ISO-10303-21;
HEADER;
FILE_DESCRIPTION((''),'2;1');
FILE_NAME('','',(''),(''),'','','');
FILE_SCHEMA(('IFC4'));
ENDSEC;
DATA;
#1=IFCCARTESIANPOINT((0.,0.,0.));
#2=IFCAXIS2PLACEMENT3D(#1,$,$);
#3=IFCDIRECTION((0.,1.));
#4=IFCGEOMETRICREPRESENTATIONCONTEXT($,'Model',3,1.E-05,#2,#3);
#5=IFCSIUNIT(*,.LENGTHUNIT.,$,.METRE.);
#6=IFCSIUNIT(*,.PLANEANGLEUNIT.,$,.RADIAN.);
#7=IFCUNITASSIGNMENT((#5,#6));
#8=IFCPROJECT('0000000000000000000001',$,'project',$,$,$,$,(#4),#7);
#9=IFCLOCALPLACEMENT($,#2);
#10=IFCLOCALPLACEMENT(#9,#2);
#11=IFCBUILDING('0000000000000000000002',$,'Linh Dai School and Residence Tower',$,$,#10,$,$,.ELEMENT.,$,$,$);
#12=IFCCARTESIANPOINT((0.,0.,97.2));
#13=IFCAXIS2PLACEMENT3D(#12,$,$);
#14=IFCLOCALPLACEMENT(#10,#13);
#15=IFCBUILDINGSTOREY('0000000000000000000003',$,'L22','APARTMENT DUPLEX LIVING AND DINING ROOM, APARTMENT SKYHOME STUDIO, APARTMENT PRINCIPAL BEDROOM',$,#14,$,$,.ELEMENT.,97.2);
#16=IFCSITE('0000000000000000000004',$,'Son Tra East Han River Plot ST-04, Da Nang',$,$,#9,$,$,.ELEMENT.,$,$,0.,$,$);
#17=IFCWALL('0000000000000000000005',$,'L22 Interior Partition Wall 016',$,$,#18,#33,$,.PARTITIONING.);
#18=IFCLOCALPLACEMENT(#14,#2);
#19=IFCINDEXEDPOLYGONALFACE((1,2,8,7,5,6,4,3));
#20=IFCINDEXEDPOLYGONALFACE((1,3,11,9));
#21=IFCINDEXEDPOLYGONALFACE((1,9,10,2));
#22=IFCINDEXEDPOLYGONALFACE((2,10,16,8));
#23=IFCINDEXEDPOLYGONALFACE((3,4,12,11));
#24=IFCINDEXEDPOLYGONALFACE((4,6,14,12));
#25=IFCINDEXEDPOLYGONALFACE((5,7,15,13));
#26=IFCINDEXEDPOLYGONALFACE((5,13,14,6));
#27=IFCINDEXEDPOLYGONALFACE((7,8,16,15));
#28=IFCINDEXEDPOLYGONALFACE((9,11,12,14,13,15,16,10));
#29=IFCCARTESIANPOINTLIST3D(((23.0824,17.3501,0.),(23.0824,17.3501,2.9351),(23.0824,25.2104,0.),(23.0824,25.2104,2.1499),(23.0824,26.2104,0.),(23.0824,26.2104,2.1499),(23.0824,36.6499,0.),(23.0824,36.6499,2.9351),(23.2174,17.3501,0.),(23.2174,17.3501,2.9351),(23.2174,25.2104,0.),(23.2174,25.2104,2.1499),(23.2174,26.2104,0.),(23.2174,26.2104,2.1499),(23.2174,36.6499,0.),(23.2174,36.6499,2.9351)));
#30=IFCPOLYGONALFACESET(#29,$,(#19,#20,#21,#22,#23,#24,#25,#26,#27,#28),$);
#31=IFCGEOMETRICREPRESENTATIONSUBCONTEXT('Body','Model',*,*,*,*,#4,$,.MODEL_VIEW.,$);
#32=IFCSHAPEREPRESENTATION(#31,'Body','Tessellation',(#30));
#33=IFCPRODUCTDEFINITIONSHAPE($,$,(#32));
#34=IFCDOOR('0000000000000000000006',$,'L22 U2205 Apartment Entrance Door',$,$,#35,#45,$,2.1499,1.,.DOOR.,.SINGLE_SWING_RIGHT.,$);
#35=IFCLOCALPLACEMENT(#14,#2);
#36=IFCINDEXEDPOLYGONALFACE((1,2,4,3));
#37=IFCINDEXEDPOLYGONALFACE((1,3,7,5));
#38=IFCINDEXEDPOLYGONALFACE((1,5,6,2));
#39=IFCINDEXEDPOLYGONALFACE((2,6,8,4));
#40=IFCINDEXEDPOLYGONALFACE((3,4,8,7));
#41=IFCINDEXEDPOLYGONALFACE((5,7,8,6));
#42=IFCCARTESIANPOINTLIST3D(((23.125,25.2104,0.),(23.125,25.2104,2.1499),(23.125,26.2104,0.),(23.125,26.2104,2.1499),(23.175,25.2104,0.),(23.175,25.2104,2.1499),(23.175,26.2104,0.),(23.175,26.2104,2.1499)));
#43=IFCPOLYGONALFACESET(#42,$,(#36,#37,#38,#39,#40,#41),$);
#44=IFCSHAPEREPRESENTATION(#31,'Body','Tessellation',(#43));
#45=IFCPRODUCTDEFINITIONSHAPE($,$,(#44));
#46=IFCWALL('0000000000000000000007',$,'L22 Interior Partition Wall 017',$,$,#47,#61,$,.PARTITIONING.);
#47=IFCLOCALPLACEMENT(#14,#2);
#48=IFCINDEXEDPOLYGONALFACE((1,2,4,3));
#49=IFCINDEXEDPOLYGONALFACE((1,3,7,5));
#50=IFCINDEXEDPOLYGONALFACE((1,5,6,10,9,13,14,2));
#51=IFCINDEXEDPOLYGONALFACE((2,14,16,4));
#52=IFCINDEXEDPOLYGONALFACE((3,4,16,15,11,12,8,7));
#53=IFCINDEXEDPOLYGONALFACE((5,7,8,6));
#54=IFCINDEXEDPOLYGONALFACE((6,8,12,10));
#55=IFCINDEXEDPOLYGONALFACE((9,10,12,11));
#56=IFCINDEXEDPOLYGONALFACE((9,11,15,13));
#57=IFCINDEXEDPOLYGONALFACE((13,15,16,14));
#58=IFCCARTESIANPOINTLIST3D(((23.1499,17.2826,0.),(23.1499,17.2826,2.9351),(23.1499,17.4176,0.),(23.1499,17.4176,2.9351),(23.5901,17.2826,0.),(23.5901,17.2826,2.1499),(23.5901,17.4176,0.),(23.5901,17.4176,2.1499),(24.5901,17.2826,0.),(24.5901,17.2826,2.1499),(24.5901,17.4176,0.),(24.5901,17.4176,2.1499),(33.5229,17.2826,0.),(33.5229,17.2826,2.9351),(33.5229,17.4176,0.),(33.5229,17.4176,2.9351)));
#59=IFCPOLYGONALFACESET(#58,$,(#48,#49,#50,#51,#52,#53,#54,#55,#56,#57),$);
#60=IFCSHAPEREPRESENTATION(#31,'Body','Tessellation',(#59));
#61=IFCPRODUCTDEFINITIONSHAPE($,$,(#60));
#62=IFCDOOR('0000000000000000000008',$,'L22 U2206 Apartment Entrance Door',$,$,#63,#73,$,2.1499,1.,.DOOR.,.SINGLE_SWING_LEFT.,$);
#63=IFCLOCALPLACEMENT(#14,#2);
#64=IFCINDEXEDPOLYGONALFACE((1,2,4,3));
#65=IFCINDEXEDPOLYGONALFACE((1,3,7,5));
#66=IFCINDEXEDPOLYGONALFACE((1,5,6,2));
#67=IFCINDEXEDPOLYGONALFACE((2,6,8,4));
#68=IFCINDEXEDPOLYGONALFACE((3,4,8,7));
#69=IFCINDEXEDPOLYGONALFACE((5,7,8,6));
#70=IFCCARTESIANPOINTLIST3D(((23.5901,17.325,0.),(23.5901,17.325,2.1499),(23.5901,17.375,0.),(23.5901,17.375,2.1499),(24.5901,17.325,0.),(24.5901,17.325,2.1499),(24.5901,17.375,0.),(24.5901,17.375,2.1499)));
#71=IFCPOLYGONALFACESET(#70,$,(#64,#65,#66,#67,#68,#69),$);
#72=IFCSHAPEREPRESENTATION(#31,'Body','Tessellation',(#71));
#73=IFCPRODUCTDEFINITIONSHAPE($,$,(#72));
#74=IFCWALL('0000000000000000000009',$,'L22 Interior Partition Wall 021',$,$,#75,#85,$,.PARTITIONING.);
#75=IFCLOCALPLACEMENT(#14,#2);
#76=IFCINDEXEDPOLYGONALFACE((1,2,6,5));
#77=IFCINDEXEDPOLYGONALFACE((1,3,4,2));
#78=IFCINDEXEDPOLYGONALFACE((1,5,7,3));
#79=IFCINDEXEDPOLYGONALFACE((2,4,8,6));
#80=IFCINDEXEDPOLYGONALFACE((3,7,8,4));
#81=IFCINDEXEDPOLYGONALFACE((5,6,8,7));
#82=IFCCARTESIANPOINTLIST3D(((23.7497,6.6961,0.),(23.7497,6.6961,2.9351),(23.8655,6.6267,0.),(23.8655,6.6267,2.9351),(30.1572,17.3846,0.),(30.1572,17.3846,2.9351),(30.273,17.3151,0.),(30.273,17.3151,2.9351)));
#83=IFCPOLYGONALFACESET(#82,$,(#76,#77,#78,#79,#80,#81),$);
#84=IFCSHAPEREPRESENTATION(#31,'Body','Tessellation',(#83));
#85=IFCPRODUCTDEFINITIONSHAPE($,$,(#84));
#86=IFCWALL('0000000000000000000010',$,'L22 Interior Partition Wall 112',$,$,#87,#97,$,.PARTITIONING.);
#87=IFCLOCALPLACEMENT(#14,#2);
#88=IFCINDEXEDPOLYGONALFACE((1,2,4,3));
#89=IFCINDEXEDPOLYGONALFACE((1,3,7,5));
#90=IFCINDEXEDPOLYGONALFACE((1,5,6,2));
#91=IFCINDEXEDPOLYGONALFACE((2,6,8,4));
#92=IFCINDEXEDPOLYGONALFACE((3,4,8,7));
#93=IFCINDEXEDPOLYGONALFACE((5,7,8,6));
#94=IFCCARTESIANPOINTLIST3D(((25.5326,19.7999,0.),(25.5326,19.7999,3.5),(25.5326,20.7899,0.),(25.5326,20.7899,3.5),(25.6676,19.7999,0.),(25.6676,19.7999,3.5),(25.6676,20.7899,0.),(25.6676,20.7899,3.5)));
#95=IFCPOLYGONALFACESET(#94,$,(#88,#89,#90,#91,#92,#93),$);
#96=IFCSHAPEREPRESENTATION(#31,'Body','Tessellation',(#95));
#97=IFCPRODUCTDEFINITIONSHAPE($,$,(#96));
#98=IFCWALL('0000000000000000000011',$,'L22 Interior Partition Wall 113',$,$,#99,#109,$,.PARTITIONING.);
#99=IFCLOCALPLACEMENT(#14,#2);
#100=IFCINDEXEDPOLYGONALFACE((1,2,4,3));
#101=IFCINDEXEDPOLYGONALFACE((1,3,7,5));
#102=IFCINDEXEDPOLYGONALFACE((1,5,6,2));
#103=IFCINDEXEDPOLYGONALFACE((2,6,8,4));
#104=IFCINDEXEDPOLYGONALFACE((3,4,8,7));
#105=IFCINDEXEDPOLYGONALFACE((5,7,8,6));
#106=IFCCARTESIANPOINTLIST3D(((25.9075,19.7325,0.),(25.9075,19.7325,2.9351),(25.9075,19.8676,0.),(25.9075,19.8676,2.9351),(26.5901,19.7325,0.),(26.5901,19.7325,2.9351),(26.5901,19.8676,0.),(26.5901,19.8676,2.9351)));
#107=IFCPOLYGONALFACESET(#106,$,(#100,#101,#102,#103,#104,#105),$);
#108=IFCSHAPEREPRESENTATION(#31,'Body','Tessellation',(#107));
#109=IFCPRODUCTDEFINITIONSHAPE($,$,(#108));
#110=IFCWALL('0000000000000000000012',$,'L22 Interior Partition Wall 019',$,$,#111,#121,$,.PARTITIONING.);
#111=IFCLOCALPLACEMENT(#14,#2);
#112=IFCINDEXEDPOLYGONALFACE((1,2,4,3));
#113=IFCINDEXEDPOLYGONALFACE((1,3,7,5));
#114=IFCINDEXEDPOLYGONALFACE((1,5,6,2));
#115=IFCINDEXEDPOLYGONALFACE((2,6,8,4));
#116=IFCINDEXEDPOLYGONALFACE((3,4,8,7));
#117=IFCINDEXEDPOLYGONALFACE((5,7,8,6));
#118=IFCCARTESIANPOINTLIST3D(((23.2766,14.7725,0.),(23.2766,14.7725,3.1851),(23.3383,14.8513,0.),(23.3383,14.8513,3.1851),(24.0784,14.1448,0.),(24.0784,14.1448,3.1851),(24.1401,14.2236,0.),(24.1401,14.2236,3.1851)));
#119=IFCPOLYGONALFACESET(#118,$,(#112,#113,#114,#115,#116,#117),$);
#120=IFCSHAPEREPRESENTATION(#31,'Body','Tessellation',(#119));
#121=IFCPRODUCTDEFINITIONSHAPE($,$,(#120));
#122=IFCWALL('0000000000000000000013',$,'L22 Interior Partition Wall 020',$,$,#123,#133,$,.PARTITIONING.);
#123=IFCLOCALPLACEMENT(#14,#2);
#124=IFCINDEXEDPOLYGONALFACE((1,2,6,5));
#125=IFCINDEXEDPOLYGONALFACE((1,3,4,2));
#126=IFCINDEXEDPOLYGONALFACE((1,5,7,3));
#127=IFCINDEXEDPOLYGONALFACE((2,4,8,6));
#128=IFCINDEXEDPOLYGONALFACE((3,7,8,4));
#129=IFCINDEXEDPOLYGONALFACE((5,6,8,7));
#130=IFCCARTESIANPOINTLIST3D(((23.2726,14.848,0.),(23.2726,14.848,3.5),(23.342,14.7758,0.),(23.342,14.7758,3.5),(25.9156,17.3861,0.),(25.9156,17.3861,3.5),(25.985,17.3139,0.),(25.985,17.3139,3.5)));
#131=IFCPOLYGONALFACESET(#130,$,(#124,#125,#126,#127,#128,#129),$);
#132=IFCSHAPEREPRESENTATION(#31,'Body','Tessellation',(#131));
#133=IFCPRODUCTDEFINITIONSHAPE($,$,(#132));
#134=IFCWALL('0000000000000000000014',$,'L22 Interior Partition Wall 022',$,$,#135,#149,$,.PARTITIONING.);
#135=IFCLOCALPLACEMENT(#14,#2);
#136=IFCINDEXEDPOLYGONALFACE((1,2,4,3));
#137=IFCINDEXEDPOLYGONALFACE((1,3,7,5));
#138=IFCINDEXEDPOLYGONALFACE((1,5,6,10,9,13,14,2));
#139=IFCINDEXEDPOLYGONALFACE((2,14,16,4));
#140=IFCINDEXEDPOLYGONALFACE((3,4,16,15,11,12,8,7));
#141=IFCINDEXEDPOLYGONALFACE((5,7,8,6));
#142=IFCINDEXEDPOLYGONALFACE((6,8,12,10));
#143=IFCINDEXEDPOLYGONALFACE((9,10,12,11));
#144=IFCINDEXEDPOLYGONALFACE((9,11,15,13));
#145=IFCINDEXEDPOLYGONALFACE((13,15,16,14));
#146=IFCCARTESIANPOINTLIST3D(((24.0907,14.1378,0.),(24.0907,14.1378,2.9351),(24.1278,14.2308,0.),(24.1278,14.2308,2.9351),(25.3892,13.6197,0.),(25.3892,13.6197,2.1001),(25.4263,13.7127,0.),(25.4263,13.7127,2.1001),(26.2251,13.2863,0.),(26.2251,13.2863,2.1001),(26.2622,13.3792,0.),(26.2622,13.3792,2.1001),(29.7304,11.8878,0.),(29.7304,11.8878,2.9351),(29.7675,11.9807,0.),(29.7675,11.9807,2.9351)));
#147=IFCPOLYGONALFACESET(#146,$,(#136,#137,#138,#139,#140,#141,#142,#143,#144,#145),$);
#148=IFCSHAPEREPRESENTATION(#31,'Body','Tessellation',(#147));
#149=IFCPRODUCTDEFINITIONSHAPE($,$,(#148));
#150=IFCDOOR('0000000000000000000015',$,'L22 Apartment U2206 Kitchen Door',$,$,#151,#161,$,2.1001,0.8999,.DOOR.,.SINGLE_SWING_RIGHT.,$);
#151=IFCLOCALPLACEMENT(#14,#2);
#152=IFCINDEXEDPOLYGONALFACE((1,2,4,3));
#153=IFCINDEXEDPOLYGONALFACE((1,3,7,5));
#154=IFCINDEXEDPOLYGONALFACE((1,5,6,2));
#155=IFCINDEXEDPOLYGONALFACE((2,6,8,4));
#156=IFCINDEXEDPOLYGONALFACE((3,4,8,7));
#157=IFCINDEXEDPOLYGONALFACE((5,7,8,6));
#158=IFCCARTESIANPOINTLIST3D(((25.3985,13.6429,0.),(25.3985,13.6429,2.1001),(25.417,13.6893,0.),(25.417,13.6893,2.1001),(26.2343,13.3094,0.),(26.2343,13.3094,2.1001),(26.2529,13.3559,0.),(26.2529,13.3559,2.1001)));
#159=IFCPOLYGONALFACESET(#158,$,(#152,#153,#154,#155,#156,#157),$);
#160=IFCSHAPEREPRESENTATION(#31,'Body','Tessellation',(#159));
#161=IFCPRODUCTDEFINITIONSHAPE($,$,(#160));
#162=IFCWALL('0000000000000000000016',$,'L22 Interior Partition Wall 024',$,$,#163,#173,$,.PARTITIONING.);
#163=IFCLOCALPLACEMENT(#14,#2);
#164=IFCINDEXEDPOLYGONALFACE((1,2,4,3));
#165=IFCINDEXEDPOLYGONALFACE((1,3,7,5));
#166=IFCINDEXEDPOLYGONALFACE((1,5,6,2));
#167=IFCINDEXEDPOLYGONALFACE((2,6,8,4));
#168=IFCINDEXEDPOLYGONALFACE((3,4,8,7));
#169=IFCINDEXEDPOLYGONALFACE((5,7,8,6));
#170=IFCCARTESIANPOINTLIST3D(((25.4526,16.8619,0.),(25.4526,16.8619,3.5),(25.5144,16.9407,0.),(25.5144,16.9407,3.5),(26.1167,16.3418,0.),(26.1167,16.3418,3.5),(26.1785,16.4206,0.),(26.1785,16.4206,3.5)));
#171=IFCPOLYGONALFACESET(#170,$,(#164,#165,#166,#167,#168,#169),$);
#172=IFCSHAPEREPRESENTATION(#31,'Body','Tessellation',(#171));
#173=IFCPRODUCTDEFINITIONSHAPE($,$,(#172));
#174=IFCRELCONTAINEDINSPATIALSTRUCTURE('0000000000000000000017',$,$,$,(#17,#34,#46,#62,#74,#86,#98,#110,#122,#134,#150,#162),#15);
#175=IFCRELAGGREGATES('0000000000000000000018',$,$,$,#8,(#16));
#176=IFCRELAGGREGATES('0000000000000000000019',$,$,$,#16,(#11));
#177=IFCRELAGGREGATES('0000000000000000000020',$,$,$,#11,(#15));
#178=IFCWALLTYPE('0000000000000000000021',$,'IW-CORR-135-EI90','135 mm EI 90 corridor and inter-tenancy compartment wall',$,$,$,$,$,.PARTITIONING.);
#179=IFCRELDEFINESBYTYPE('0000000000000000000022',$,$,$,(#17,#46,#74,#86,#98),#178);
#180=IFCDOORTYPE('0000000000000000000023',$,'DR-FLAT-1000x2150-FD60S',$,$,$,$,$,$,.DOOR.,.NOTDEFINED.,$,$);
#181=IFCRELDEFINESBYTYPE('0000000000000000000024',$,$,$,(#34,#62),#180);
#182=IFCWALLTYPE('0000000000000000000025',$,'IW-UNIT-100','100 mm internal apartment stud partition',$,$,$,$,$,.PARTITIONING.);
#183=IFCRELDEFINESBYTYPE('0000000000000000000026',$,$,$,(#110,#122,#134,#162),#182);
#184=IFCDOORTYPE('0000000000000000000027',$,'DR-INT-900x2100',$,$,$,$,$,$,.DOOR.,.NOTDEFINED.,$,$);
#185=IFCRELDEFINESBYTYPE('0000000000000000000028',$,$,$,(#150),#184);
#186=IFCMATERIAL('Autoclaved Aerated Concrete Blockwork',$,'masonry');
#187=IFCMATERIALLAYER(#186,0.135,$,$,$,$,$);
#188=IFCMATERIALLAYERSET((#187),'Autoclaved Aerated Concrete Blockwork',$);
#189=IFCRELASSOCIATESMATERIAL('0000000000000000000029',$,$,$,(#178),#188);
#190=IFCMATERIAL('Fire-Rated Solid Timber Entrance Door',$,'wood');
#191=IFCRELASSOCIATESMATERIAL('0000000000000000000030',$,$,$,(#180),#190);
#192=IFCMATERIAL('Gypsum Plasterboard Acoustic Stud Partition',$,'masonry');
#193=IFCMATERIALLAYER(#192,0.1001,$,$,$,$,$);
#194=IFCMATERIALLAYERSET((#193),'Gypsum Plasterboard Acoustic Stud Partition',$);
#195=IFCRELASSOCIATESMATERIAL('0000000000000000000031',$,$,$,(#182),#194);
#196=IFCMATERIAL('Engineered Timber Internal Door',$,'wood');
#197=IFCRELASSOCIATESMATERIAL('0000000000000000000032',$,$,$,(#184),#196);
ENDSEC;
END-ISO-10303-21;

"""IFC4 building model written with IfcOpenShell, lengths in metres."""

from ifc_helpers import new_model, si_unit, direction, frame, frame_2d, origin, origin_2d, place, context, subcontext, project, spatial, rectangle, extrude, source, transform, mapped, material, layer, layer_set, type_object, element, fill, save


model = new_model("IFC4")

# Units and contexts
model_context = context("Model", 3, precision=1e-05, world=origin(), true_north=direction((0.0, 1.0)))
body_context = subcontext(model_context, "Body", "Model", "MODEL_VIEW")
ifc_project = project(units=[si_unit("LENGTHUNIT", "METRE"), si_unit("PLANEANGLEUNIT", "RADIAN")], contexts=[model_context])

# Site, building, storey
site_placement = place(None, origin())
site = spatial("IfcSite", under=ifc_project, at=site_placement, Name="Son Tra East Han River Plot ST-04, Da Nang", CompositionType="ELEMENT", RefElevation=0.0)
building_placement = place(site_placement, origin())
building = spatial("IfcBuilding", under=site, at=building_placement, Name="Linh Dai School and Residence Tower", CompositionType="ELEMENT")
storey_placement = place(building_placement, frame((0.0, 0.0, 97.2)))
storey = spatial("IfcBuildingStorey", under=building, at=storey_placement, Name="L22", Description="APARTMENT DUPLEX LIVING AND DINING ROOM, APARTMENT SKYHOME STUDIO, APARTMENT PRINCIPAL BEDROOM", CompositionType="ELEMENT", Elevation=97.2)

# Walls, openings, doors
ifc_material_1 = material(Name="Autoclaved Aerated Concrete Blockwork", Category="masonry")
ifc_layer_1 = layer(ifc_material_1, 0.135)
ifc_layer_set_1 = layer_set([ifc_layer_1], Name="Autoclaved Aerated Concrete Blockwork")
wall_type_1 = type_object("IfcWallType", Name="IW-CORR-135-EI90", Description="135 mm EI 90 corridor and inter-tenancy compartment wall", PredefinedType="PARTITIONING", material=ifc_layer_set_1)
wall_1_placement = place(storey_placement, frame((23.1499, 17.3501, 0.0), z_axis=(0.0, 0.0, 1.0), x_axis=(0.0, 1.0, 0.0)))
wall_1 = element("IfcWall", 1, at=wall_1_placement, inside=storey, type_object=wall_type_1, Name="L22 Interior Partition Wall 016", PredefinedType="PARTITIONING", context=body_context, shape_type="SweptSolid", body=[
    extrude(rectangle(XDim=19.2998, YDim=0.135, at=frame_2d((9.6499, 0.0))), origin(), (0.0, 0.0, 1.0), 2.9351),
])
opening_1_placement = place(wall_1_placement, frame((7.8604, 0.0, 0.0)))
opening_1 = element("IfcOpeningElement", 2, at=opening_1_placement, cuts=wall_1, PredefinedType="OPENING", context=body_context, shape_type="SweptSolid", body=[
    extrude(rectangle(XDim=1.0, YDim=2.1499, at=origin_2d()), frame((0.5, 0.0776, 1.075), z_axis=(0.0, -1.0, 0.0), x_axis=(1.0, 0.0, 0.0)), (0.0, 0.0, 1.0), 0.155),
])
ifc_material_2 = material(Name="Fire-Rated Solid Timber Entrance Door", Category="wood")
door_type_1 = type_object("IfcDoorType", Name="DR-FLAT-1000x2150-FD60S", OperationType="NOTDEFINED", PredefinedType="DOOR", material=ifc_material_2)
shared_shape_1 = source(origin(), body_context, "Body", "SweptSolid", [
    extrude(rectangle(XDim=1.0, YDim=2.1499, at=origin_2d()), frame((0.5, 0.0249, 1.075), z_axis=(0.0, -1.0, 0.0), x_axis=(1.0, 0.0, 0.0)), (0.0, 0.0, 1.0), 0.05),
])
door_1_placement = place(opening_1_placement, origin())
door_1 = element("IfcDoor", 3, at=door_1_placement, inside=storey, type_object=door_type_1, Name="L22 U2205 Apartment Entrance Door", OperationType="SINGLE_SWING_RIGHT", OverallHeight=2.1499, OverallWidth=1.0, PredefinedType="DOOR", context=body_context, shape_type="MappedRepresentation", body=[
    mapped(shared_shape_1, transform((0.0, 0.0, 0.0), x_axis=(1.0, 0.0, 0.0), y_axis=(0.0, 1.0, 0.0), z_axis=(0.0, 0.0, 1.0), scale=1.0)),
])
fill(opening_1, door_1)
wall_2_placement = place(storey_placement, frame((23.1499, 17.3501, 0.0), z_axis=(0.0, 0.0, 1.0), x_axis=(1.0, 0.0, 0.0)))
wall_2 = element("IfcWall", 4, at=wall_2_placement, inside=storey, type_object=wall_type_1, Name="L22 Interior Partition Wall 017", PredefinedType="PARTITIONING", context=body_context, shape_type="SweptSolid", body=[
    extrude(rectangle(XDim=10.373, YDim=0.135, at=frame_2d((5.1865, 0.0))), origin(), (0.0, 0.0, 1.0), 2.9351),
])
opening_2_placement = place(wall_2_placement, frame((0.4402, 0.0, 0.0)))
opening_2 = element("IfcOpeningElement", 5, at=opening_2_placement, cuts=wall_2, PredefinedType="OPENING", context=body_context, shape_type="SweptSolid", body=[
    extrude(rectangle(XDim=1.0, YDim=2.1499, at=origin_2d()), frame((0.5, 0.0776, 1.075), z_axis=(0.0, -1.0, 0.0), x_axis=(1.0, 0.0, 0.0)), (0.0, 0.0, 1.0), 0.155),
])
door_2_placement = place(opening_2_placement, origin())
door_2 = element("IfcDoor", 6, at=door_2_placement, inside=storey, type_object=door_type_1, Name="L22 U2206 Apartment Entrance Door", OperationType="SINGLE_SWING_LEFT", OverallHeight=2.1499, OverallWidth=1.0, PredefinedType="DOOR", context=body_context, shape_type="MappedRepresentation", body=[
    mapped(shared_shape_1, transform((0.0, 0.0, 0.0), x_axis=(1.0, 0.0, 0.0), y_axis=(0.0, 1.0, 0.0), z_axis=(0.0, 0.0, 1.0), scale=1.0)),
])
fill(opening_2, door_2)

# Walls
wall_3_placement = place(storey_placement, frame((23.8076, 6.6614, 0.0), z_axis=(0.0, 0.0, 1.0), x_axis=(0.514164, 0.857692, 0.0)))
element("IfcWall", 7, at=wall_3_placement, inside=storey, type_object=wall_type_1, Name="L22 Interior Partition Wall 021", PredefinedType="PARTITIONING", context=body_context, shape_type="SweptSolid", body=[
    extrude(rectangle(XDim=12.4619, YDim=0.135, at=frame_2d((6.231, 0.0))), origin(), (0.0, 0.0, 1.0), 2.9351),
])
wall_4_placement = place(storey_placement, frame((25.6001, 20.79, 0.0), z_axis=(0.0, 0.0, 1.0), x_axis=(0.0, -1.0, 0.0)))
element("IfcWall", 8, at=wall_4_placement, inside=storey, type_object=wall_type_1, Name="L22 Interior Partition Wall 112", PredefinedType="PARTITIONING", context=body_context, shape_type="SweptSolid", body=[
    extrude(rectangle(XDim=0.99, YDim=0.135, at=frame_2d((0.4951, 0.0))), origin(), (0.0, 0.0, 1.0), 3.5),
])
wall_5_placement = place(storey_placement, frame((25.9075, 19.8, 0.0), z_axis=(0.0, 0.0, 1.0), x_axis=(1.0, 0.0, 0.0)))
element("IfcWall", 9, at=wall_5_placement, inside=storey, type_object=wall_type_1, Name="L22 Interior Partition Wall 113", PredefinedType="PARTITIONING", context=body_context, shape_type="SweptSolid", body=[
    extrude(rectangle(XDim=0.6826, YDim=0.135, at=frame_2d((0.3413, 0.0))), origin(), (0.0, 0.0, 1.0), 2.9351),
])
ifc_material_3 = material(Name="Gypsum Plasterboard Acoustic Stud Partition", Category="masonry")
ifc_layer_2 = layer(ifc_material_3, 0.1001)
ifc_layer_set_2 = layer_set([ifc_layer_2], Name="Gypsum Plasterboard Acoustic Stud Partition")
wall_type_2 = type_object("IfcWallType", Name="IW-UNIT-100", Description="100 mm internal apartment stud partition", PredefinedType="PARTITIONING", material=ifc_layer_set_2)
wall_6_placement = place(storey_placement, frame((23.3074, 14.812, 0.0), z_axis=(0.0, 0.0, 1.0), x_axis=(0.787399, -0.616444, 0.0)))
element("IfcWall", 10, at=wall_6_placement, inside=storey, type_object=wall_type_2, Name="L22 Interior Partition Wall 019", PredefinedType="PARTITIONING", context=body_context, shape_type="SweptSolid", body=[
    extrude(rectangle(XDim=1.0183, YDim=0.1001, at=frame_2d((0.5093, 0.0))), origin(), (0.0, 0.0, 1.0), 3.1851),
])
wall_7_placement = place(storey_placement, frame((23.3074, 14.812, 0.0), z_axis=(0.0, 0.0, 1.0), x_axis=(0.721286, 0.692637, 0.0)))
element("IfcWall", 11, at=wall_7_placement, inside=storey, type_object=wall_type_2, Name="L22 Interior Partition Wall 020", PredefinedType="PARTITIONING", context=body_context, shape_type="SweptSolid", body=[
    extrude(rectangle(XDim=3.6643, YDim=0.1001, at=frame_2d((1.832, 0.0))), origin(), (0.0, 0.0, 1.0), 3.5),
])

# Wall, opening, door
wall_8_placement = place(storey_placement, frame((24.1091, 14.1843, 0.0), z_axis=(0.0, 0.0, 1.0), x_axis=(0.928809, -0.370559, 0.0)))
wall_8 = element("IfcWall", 12, at=wall_8_placement, inside=storey, type_object=wall_type_2, Name="L22 Interior Partition Wall 022", PredefinedType="PARTITIONING", context=body_context, shape_type="SweptSolid", body=[
    extrude(rectangle(XDim=6.072, YDim=0.1001, at=frame_2d((3.0361, 0.0))), origin(), (0.0, 0.0, 1.0), 2.9351),
])
opening_3_placement = place(wall_8_placement, frame((1.3982, 0.0, 0.0)))
opening_3 = element("IfcOpeningElement", 13, at=opening_3_placement, cuts=wall_8, PredefinedType="OPENING", context=body_context, shape_type="SweptSolid", body=[
    extrude(rectangle(XDim=0.8999, YDim=2.1001, at=origin_2d()), frame((0.45, 0.0601, 1.05), z_axis=(0.0, -1.0, 0.0), x_axis=(1.0, 0.0, 0.0)), (0.0, 0.0, 1.0), 0.1201),
])
ifc_material_4 = material(Name="Engineered Timber Internal Door", Category="wood")
door_type_2 = type_object("IfcDoorType", Name="DR-INT-900x2100", OperationType="NOTDEFINED", PredefinedType="DOOR", material=ifc_material_4)
shared_shape_2 = source(origin(), body_context, "Body", "SweptSolid", [
    extrude(rectangle(XDim=0.8999, YDim=2.1001, at=origin_2d()), frame((0.45, 0.0249, 1.05), z_axis=(0.0, -1.0, 0.0), x_axis=(1.0, 0.0, 0.0)), (0.0, 0.0, 1.0), 0.05),
])
door_3_placement = place(opening_3_placement, origin())
door_3 = element("IfcDoor", 14, at=door_3_placement, inside=storey, type_object=door_type_2, Name="L22 Apartment U2206 Kitchen Door", OperationType="SINGLE_SWING_RIGHT", OverallHeight=2.1001, OverallWidth=0.8999, PredefinedType="DOOR", context=body_context, shape_type="MappedRepresentation", body=[
    mapped(shared_shape_2, transform((0.0, 0.0, 0.0), x_axis=(1.0, 0.0, 0.0), y_axis=(0.0, 1.0, 0.0), z_axis=(0.0, 0.0, 1.0), scale=1.0)),
])
fill(opening_3, door_3)

# Wall
wall_9_placement = place(storey_placement, frame((25.4834, 16.9014, 0.0), z_axis=(0.0, 0.0, 1.0), x_axis=(0.787322, -0.616542, 0.0)))
element("IfcWall", 15, at=wall_9_placement, inside=storey, type_object=wall_type_2, Name="L22 Interior Partition Wall 024", PredefinedType="PARTITIONING", context=body_context, shape_type="SweptSolid", body=[
    extrude(rectangle(XDim=0.8435, YDim=0.1001, at=frame_2d((0.4219, 0.0))), origin(), (0.0, 0.0, 1.0), 3.5),
])

save(model, "model.ifc")
